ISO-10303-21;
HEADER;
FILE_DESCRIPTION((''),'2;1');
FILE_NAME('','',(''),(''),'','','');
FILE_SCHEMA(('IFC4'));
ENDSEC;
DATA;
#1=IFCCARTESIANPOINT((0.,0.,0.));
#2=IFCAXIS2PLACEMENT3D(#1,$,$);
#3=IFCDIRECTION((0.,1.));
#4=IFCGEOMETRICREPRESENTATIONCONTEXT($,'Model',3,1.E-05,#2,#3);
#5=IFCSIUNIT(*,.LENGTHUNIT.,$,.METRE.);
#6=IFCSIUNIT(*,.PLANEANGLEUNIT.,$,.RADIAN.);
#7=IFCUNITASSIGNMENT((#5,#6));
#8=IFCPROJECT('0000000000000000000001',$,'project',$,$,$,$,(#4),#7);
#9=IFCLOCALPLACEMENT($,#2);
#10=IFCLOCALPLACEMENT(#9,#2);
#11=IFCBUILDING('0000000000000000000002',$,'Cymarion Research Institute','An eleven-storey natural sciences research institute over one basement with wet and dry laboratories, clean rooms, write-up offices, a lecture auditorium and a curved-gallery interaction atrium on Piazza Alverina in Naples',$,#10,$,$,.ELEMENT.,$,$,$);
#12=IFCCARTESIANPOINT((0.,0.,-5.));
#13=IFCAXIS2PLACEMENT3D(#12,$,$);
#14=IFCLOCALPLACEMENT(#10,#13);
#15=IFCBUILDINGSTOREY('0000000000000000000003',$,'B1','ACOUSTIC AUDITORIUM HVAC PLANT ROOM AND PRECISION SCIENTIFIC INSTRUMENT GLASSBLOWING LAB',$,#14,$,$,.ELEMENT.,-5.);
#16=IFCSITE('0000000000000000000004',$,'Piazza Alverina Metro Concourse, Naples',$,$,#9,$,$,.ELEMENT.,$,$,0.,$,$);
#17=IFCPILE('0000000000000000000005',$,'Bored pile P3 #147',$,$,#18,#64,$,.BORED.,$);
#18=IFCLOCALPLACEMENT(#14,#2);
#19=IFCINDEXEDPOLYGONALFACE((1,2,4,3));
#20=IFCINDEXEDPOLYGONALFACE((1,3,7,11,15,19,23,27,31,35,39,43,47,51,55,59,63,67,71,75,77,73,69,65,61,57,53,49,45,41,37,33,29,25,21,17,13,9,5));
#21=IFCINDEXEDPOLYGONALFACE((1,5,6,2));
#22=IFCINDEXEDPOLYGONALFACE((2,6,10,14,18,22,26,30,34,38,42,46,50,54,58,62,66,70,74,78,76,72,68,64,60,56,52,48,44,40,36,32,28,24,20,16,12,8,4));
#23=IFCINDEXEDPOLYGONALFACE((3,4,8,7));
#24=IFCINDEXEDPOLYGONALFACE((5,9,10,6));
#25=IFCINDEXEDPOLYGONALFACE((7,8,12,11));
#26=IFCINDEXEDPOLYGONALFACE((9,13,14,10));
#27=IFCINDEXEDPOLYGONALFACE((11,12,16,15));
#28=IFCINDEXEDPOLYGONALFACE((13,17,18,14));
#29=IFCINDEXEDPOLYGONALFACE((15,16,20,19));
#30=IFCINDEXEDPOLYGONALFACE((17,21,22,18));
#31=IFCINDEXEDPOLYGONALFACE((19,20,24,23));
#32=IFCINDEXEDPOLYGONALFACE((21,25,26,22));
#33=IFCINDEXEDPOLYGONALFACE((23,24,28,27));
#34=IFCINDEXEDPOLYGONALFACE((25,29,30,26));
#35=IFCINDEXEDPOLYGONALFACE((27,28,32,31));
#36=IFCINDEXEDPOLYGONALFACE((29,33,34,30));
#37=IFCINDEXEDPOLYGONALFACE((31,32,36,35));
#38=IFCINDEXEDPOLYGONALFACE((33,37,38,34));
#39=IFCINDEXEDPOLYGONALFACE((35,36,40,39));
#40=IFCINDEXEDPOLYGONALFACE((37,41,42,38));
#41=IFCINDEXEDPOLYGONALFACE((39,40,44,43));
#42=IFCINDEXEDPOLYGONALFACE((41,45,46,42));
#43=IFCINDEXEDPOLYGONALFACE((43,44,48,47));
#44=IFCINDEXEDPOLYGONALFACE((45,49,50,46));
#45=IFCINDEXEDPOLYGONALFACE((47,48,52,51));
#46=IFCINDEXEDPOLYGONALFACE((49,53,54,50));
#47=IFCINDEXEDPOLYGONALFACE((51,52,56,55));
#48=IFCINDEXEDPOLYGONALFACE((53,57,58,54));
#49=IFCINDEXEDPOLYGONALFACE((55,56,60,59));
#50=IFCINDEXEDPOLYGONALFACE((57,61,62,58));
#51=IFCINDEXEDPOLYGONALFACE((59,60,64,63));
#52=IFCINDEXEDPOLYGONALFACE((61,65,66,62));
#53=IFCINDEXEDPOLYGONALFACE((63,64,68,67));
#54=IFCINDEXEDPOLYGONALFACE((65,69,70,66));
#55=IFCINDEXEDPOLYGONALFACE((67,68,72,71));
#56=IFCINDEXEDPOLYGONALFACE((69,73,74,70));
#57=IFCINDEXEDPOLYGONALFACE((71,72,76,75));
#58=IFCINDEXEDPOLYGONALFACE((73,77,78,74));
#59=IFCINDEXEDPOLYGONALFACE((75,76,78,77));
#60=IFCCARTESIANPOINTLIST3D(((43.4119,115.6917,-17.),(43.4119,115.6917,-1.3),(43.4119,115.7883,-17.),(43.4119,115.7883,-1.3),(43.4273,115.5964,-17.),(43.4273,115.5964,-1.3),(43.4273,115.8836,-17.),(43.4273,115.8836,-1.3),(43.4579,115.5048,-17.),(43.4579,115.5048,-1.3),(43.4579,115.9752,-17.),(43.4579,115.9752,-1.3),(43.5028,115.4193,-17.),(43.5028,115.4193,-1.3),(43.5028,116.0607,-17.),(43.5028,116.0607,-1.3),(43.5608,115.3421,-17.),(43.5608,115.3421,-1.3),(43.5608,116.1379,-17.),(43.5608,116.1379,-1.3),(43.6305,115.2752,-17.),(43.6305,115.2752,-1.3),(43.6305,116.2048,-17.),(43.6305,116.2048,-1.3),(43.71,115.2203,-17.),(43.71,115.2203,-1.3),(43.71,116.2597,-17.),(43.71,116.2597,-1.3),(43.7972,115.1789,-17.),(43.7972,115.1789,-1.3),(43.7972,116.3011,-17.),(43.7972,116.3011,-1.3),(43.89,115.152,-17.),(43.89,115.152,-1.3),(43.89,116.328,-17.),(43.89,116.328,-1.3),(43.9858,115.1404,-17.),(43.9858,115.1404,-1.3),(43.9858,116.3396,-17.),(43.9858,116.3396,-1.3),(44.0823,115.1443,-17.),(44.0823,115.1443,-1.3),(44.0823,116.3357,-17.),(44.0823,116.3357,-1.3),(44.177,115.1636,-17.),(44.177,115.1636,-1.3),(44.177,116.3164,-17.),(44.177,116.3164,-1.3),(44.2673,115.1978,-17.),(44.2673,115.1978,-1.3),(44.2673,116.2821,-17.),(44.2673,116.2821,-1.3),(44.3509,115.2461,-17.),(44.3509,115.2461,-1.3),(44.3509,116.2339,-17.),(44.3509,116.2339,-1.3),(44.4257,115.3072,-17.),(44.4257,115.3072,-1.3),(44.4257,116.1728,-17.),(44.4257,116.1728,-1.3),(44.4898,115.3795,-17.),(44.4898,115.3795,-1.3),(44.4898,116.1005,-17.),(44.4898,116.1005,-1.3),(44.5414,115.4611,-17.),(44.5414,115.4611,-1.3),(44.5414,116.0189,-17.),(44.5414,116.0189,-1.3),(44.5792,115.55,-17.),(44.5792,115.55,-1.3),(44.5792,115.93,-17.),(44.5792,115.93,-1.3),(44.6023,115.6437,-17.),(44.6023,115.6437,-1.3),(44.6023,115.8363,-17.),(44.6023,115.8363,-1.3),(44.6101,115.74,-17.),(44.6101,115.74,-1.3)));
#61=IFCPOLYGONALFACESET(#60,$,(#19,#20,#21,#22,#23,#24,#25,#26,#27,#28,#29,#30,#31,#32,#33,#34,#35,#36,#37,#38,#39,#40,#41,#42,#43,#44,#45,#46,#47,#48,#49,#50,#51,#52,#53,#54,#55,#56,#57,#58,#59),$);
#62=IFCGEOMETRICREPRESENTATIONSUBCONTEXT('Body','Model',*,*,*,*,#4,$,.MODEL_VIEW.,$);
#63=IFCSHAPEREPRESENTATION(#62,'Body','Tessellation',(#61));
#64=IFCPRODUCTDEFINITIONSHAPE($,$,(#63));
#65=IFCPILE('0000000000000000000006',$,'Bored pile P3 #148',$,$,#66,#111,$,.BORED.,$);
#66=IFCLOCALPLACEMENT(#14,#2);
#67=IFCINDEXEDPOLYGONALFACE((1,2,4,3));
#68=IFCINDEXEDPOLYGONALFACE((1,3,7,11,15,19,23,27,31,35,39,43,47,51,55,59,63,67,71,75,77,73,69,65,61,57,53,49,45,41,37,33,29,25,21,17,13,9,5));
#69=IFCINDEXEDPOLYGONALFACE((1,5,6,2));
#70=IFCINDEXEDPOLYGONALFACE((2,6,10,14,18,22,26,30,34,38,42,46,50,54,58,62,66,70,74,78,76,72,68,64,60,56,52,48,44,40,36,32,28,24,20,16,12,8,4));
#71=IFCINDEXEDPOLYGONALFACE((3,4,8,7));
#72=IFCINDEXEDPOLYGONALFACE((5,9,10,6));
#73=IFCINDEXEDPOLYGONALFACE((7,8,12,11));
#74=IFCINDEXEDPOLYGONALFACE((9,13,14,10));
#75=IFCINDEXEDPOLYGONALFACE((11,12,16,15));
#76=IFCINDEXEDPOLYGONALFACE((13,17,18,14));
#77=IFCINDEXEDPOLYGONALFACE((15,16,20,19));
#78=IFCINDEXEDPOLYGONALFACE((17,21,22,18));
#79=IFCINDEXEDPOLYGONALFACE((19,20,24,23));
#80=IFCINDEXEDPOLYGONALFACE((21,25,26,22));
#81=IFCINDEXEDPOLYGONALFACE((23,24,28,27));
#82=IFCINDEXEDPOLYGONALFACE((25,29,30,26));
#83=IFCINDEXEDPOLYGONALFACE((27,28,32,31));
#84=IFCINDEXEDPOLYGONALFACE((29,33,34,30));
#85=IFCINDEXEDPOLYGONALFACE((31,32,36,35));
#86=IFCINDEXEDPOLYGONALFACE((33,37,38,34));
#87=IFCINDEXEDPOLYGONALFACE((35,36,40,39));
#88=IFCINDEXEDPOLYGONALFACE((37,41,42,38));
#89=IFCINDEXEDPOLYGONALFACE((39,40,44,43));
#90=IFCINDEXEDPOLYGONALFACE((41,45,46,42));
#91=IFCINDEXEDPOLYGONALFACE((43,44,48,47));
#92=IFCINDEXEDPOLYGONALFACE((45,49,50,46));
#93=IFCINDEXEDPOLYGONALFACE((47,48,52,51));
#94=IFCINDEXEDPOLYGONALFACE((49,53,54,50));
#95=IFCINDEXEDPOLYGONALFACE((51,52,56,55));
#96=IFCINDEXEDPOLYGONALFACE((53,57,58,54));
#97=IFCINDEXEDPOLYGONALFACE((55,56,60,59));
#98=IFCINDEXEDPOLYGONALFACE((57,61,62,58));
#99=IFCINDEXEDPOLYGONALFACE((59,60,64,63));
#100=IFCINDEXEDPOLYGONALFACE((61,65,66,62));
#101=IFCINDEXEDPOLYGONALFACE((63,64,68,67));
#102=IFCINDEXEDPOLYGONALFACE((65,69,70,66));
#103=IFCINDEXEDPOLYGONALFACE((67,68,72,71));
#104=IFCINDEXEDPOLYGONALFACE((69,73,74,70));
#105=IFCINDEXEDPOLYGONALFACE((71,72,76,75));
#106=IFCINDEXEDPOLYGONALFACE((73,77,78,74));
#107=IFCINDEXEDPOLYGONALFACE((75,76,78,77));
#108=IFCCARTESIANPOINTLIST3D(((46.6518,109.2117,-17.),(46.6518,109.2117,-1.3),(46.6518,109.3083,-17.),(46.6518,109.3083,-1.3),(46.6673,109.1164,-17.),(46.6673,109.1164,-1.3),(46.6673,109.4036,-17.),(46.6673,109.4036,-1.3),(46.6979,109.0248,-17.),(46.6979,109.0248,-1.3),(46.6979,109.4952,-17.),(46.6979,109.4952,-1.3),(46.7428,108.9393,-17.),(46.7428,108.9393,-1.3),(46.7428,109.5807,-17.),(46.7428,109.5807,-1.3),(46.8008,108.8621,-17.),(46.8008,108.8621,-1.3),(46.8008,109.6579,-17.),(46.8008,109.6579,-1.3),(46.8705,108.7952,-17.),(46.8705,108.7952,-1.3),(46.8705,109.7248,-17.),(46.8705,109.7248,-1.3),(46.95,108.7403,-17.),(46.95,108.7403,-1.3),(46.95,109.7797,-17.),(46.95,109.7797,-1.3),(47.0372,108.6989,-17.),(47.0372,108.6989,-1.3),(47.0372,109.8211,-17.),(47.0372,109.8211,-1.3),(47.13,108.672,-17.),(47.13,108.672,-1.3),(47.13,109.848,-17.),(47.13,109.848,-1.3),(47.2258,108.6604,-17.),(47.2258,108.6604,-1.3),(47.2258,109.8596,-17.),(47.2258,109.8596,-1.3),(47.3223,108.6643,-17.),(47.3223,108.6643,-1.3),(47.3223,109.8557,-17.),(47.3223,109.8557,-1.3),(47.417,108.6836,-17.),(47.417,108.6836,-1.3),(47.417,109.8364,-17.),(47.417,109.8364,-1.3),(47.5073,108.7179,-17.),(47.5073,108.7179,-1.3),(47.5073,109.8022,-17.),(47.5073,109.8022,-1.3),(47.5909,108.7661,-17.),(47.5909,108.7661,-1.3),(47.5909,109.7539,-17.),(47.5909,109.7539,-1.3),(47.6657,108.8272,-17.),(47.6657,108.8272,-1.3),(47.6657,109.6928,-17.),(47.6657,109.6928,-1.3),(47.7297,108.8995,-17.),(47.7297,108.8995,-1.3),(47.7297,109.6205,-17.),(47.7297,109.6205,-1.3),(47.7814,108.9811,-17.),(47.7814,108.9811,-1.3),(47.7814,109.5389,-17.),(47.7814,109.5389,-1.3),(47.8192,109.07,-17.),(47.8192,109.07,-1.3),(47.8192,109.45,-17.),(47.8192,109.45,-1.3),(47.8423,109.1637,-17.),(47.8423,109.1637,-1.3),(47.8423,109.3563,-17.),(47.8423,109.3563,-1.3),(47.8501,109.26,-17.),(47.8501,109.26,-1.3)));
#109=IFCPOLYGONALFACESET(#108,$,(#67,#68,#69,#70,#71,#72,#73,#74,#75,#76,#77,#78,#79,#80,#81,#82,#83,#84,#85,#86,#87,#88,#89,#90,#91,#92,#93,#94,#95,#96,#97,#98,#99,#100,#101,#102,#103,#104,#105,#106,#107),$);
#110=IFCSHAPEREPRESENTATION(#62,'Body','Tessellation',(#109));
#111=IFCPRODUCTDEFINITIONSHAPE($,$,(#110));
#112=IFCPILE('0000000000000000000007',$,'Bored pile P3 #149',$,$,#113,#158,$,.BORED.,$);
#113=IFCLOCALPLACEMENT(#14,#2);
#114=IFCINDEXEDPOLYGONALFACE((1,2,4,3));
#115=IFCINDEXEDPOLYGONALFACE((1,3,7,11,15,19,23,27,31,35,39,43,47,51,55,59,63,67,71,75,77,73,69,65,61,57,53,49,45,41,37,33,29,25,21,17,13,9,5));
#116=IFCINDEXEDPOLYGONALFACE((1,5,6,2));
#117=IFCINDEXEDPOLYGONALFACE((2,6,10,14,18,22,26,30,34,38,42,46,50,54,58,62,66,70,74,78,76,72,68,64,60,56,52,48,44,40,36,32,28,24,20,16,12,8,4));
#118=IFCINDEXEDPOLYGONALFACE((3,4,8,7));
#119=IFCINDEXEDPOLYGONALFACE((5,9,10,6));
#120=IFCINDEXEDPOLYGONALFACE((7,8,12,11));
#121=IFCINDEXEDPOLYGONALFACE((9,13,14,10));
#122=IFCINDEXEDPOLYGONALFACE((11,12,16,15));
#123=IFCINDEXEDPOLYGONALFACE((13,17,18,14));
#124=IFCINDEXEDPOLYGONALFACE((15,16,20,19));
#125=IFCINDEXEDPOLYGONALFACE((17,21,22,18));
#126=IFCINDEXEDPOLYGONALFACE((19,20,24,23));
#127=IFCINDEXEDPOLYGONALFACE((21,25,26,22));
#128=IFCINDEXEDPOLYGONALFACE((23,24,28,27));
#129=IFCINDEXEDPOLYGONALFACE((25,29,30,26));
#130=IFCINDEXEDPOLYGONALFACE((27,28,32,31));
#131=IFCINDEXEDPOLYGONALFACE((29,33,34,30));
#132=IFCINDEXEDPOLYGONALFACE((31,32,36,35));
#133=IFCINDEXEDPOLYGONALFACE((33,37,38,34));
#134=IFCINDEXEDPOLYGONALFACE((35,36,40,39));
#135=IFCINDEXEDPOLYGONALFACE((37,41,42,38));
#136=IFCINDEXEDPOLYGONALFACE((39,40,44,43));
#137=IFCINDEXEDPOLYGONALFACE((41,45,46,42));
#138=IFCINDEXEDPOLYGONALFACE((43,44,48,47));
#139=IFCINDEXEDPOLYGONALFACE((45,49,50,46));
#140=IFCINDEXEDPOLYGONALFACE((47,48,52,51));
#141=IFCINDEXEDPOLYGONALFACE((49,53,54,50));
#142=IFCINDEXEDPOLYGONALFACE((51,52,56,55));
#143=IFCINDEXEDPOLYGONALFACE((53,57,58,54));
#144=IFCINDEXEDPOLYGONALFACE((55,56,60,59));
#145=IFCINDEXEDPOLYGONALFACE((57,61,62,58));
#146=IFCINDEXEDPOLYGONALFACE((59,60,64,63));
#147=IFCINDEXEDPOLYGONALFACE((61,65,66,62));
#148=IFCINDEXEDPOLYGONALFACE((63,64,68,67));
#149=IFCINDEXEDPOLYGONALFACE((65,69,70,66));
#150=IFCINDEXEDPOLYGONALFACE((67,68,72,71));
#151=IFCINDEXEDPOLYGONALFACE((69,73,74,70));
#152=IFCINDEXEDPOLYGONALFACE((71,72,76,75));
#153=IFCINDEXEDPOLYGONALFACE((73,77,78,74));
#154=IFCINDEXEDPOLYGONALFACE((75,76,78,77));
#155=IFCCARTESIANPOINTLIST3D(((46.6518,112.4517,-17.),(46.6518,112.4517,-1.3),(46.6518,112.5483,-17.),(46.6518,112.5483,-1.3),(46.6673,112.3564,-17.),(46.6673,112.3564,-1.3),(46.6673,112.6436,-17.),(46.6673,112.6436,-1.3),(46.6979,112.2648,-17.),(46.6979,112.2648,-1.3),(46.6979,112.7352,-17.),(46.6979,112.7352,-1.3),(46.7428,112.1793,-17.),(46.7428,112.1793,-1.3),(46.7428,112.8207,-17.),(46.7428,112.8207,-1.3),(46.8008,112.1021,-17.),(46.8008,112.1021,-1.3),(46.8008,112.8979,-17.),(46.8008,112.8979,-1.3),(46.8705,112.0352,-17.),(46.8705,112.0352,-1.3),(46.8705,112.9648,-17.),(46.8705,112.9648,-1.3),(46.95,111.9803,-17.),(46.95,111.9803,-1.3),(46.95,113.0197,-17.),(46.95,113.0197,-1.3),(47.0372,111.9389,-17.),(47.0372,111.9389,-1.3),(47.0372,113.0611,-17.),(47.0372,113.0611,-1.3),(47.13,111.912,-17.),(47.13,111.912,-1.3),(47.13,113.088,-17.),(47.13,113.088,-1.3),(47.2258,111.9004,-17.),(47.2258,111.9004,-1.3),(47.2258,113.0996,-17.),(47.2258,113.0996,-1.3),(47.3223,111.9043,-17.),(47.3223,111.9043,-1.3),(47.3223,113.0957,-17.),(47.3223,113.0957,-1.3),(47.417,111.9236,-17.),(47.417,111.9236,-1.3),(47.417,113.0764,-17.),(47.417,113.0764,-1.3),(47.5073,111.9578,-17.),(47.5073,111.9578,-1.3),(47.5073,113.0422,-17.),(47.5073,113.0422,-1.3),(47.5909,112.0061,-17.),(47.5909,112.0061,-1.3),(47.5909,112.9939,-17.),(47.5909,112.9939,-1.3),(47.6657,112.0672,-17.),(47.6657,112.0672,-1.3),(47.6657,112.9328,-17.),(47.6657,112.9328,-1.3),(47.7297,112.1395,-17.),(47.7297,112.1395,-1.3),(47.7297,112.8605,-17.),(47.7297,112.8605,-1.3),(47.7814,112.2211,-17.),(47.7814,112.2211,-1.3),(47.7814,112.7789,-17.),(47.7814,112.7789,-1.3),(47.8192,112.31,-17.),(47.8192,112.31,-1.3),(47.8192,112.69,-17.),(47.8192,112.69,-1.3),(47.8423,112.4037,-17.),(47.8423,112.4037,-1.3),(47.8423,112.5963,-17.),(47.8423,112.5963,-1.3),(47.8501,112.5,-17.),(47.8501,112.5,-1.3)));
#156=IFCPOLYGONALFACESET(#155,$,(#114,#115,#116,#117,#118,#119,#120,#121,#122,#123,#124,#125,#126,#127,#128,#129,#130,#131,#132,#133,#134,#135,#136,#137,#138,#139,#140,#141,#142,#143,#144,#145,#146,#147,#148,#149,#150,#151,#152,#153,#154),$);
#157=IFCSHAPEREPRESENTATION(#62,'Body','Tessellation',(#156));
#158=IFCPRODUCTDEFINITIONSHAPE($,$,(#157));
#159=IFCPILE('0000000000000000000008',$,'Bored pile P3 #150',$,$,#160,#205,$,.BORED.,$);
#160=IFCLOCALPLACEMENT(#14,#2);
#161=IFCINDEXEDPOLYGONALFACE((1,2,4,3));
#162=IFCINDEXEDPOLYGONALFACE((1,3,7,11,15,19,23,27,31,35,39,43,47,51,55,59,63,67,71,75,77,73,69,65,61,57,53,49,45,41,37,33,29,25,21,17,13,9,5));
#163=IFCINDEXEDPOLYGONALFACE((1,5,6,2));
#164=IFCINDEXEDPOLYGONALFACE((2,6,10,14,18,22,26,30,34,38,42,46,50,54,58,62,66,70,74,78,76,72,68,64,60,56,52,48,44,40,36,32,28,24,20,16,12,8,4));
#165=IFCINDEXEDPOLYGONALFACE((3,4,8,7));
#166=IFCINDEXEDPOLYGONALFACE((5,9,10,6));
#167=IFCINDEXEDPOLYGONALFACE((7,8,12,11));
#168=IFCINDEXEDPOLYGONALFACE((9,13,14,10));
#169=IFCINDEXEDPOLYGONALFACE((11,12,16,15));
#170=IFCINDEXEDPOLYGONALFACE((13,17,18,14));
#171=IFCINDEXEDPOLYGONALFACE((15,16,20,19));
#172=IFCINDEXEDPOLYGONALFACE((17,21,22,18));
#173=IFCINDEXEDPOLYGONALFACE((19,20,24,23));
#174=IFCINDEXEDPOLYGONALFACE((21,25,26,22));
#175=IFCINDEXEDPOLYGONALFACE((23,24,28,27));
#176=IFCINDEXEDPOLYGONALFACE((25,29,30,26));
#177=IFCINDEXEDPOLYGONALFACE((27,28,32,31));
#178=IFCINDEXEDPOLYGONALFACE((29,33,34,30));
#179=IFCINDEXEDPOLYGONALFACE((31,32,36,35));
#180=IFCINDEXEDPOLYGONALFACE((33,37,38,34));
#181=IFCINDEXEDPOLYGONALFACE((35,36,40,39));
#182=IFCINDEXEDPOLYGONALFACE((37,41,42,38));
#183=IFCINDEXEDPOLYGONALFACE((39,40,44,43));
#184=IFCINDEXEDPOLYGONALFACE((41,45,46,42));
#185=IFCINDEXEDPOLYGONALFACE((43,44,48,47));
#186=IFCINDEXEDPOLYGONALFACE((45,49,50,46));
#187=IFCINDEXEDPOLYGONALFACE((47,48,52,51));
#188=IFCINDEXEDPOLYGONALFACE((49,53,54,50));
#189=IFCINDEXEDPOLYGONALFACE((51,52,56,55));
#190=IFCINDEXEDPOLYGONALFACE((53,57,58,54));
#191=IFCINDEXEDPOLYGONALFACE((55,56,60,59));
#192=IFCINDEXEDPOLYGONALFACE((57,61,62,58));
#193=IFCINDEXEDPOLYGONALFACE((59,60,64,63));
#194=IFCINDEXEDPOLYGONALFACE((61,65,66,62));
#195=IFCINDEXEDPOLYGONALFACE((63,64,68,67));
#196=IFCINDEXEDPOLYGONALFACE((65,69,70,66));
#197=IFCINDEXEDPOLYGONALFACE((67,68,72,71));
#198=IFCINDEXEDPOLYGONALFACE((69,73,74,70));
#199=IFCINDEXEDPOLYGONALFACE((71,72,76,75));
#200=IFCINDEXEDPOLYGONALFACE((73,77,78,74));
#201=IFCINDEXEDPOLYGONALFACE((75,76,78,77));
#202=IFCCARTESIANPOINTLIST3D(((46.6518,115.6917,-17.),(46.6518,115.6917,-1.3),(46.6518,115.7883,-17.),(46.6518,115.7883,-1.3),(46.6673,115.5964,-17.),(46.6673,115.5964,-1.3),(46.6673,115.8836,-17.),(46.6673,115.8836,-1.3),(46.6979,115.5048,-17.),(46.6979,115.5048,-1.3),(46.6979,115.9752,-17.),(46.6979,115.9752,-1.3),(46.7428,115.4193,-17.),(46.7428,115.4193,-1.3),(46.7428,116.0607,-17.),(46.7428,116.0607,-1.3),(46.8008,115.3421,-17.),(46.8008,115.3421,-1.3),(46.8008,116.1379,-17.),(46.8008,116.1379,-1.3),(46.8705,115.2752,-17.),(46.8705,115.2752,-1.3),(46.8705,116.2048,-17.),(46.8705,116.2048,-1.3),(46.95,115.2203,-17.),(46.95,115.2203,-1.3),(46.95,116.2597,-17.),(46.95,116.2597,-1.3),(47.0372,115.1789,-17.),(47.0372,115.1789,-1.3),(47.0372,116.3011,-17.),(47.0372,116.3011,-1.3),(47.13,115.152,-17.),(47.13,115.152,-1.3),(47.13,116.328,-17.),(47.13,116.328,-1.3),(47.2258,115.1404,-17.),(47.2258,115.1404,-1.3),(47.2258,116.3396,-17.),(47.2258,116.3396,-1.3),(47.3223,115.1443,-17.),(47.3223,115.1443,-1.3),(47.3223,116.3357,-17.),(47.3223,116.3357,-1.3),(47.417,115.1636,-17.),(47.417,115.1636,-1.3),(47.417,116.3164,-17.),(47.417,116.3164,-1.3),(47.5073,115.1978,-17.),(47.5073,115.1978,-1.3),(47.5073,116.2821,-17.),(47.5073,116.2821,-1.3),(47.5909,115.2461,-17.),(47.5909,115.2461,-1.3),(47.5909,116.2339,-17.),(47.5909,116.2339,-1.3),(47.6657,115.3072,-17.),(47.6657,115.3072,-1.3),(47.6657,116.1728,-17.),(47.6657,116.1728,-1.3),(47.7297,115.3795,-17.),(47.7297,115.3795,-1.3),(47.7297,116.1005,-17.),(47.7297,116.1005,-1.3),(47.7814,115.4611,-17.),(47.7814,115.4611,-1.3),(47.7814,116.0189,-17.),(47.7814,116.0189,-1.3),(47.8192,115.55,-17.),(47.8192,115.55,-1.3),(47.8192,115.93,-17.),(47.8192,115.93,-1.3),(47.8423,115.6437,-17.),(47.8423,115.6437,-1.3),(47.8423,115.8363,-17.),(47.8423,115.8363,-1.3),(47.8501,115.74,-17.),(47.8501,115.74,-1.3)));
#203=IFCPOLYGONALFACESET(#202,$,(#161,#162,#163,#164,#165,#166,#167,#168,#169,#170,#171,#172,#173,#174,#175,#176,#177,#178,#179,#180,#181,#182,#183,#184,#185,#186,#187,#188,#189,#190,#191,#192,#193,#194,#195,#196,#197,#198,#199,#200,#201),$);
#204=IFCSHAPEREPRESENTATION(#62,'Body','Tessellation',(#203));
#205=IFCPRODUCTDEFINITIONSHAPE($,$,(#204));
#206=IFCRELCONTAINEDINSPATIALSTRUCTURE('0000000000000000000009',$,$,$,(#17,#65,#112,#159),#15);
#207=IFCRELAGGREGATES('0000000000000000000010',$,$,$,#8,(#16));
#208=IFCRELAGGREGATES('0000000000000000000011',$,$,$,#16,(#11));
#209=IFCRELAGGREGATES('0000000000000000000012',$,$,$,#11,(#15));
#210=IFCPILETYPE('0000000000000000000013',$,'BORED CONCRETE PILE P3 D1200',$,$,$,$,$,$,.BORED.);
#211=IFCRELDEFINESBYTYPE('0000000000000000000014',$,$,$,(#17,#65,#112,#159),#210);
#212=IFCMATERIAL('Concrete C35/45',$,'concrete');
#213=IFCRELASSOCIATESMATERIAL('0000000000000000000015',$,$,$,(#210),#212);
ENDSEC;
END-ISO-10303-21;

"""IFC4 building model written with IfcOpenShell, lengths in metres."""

from ifc_helpers import new_model, si_unit, direction, frame, origin, origin_2d, place, context, subcontext, project, spatial, circle, extrude, material, material_profile, profile_set, type_object, element, save


model = new_model("IFC4")

# Units and contexts
model_context = context("Model", 3, precision=1e-05, world=origin(), true_north=direction((0.0, 1.0)))
body_context = subcontext(model_context, "Body", "Model", "MODEL_VIEW")
ifc_project = project(units=[si_unit("LENGTHUNIT", "METRE"), si_unit("PLANEANGLEUNIT", "RADIAN")], contexts=[model_context])

# Site, building, storey
site_placement = place(None, origin())
site = spatial("IfcSite", under=ifc_project, at=site_placement, Name="Piazza Alverina Metro Concourse, Naples", CompositionType="ELEMENT", RefElevation=0.0)
building_placement = place(site_placement, origin())
building = spatial("IfcBuilding", under=site, at=building_placement, Name="Cymarion Research Institute", Description="An eleven-storey natural sciences research institute over one basement with wet and dry laboratories, clean rooms, write-up offices, a lecture auditorium and a curved-gallery interaction atrium on Piazza Alverina in Naples", CompositionType="ELEMENT")
storey_placement = place(building_placement, frame((0.0, 0.0, -5.0)))
storey = spatial("IfcBuildingStorey", under=building, at=storey_placement, Name="B1", Description="ACOUSTIC AUDITORIUM HVAC PLANT ROOM AND PRECISION SCIENTIFIC INSTRUMENT GLASSBLOWING LAB", CompositionType="ELEMENT", Elevation=-5.0)

# Piles
ifc_material_1 = material(Name="Concrete C35/45", Category="concrete")
ifc_material_profile_1 = material_profile(ifc_material_1, circle(Radius=0.6001, at=origin_2d()), Name="BORED PILE D1200")
ifc_profile_set_1 = profile_set([ifc_material_profile_1], Name="Concrete C35/45")
pile_type_1 = type_object("IfcPileType", Name="BORED CONCRETE PILE P3 D1200", PredefinedType="BORED", material=ifc_profile_set_1)
for number, where, z_axis, x_axis, name in (
    (1, (44.01, 115.74, -1.3), (0.0, 0.0, -1.0), (1.0, 0.0, 0.0), "Bored pile P3 #147"),
    (2, (47.25, 109.26, -1.3), (0.0, 0.0, -1.0), (1.0, 0.0, 0.0), "Bored pile P3 #148"),
    (3, (47.25, 112.5, -1.3), (0.0, 0.0, -1.0), (1.0, 0.0, 0.0), "Bored pile P3 #149"),
    (4, (47.25, 115.74, -1.3), (0.0, 0.0, -1.0), (1.0, 0.0, 0.0), "Bored pile P3 #150"),
):
    element("IfcPile", number, at=place(storey_placement, frame(where, z_axis=z_axis, x_axis=x_axis)), inside=storey, type_object=pile_type_1, Name=name, PredefinedType="BORED", context=body_context, shape_type="SweptSolid", body=[
        extrude(circle(Radius=0.6001, at=origin_2d()), origin(), (0.0, 0.0, 1.0), 15.7),
    ])

save(model, "model.ifc")
